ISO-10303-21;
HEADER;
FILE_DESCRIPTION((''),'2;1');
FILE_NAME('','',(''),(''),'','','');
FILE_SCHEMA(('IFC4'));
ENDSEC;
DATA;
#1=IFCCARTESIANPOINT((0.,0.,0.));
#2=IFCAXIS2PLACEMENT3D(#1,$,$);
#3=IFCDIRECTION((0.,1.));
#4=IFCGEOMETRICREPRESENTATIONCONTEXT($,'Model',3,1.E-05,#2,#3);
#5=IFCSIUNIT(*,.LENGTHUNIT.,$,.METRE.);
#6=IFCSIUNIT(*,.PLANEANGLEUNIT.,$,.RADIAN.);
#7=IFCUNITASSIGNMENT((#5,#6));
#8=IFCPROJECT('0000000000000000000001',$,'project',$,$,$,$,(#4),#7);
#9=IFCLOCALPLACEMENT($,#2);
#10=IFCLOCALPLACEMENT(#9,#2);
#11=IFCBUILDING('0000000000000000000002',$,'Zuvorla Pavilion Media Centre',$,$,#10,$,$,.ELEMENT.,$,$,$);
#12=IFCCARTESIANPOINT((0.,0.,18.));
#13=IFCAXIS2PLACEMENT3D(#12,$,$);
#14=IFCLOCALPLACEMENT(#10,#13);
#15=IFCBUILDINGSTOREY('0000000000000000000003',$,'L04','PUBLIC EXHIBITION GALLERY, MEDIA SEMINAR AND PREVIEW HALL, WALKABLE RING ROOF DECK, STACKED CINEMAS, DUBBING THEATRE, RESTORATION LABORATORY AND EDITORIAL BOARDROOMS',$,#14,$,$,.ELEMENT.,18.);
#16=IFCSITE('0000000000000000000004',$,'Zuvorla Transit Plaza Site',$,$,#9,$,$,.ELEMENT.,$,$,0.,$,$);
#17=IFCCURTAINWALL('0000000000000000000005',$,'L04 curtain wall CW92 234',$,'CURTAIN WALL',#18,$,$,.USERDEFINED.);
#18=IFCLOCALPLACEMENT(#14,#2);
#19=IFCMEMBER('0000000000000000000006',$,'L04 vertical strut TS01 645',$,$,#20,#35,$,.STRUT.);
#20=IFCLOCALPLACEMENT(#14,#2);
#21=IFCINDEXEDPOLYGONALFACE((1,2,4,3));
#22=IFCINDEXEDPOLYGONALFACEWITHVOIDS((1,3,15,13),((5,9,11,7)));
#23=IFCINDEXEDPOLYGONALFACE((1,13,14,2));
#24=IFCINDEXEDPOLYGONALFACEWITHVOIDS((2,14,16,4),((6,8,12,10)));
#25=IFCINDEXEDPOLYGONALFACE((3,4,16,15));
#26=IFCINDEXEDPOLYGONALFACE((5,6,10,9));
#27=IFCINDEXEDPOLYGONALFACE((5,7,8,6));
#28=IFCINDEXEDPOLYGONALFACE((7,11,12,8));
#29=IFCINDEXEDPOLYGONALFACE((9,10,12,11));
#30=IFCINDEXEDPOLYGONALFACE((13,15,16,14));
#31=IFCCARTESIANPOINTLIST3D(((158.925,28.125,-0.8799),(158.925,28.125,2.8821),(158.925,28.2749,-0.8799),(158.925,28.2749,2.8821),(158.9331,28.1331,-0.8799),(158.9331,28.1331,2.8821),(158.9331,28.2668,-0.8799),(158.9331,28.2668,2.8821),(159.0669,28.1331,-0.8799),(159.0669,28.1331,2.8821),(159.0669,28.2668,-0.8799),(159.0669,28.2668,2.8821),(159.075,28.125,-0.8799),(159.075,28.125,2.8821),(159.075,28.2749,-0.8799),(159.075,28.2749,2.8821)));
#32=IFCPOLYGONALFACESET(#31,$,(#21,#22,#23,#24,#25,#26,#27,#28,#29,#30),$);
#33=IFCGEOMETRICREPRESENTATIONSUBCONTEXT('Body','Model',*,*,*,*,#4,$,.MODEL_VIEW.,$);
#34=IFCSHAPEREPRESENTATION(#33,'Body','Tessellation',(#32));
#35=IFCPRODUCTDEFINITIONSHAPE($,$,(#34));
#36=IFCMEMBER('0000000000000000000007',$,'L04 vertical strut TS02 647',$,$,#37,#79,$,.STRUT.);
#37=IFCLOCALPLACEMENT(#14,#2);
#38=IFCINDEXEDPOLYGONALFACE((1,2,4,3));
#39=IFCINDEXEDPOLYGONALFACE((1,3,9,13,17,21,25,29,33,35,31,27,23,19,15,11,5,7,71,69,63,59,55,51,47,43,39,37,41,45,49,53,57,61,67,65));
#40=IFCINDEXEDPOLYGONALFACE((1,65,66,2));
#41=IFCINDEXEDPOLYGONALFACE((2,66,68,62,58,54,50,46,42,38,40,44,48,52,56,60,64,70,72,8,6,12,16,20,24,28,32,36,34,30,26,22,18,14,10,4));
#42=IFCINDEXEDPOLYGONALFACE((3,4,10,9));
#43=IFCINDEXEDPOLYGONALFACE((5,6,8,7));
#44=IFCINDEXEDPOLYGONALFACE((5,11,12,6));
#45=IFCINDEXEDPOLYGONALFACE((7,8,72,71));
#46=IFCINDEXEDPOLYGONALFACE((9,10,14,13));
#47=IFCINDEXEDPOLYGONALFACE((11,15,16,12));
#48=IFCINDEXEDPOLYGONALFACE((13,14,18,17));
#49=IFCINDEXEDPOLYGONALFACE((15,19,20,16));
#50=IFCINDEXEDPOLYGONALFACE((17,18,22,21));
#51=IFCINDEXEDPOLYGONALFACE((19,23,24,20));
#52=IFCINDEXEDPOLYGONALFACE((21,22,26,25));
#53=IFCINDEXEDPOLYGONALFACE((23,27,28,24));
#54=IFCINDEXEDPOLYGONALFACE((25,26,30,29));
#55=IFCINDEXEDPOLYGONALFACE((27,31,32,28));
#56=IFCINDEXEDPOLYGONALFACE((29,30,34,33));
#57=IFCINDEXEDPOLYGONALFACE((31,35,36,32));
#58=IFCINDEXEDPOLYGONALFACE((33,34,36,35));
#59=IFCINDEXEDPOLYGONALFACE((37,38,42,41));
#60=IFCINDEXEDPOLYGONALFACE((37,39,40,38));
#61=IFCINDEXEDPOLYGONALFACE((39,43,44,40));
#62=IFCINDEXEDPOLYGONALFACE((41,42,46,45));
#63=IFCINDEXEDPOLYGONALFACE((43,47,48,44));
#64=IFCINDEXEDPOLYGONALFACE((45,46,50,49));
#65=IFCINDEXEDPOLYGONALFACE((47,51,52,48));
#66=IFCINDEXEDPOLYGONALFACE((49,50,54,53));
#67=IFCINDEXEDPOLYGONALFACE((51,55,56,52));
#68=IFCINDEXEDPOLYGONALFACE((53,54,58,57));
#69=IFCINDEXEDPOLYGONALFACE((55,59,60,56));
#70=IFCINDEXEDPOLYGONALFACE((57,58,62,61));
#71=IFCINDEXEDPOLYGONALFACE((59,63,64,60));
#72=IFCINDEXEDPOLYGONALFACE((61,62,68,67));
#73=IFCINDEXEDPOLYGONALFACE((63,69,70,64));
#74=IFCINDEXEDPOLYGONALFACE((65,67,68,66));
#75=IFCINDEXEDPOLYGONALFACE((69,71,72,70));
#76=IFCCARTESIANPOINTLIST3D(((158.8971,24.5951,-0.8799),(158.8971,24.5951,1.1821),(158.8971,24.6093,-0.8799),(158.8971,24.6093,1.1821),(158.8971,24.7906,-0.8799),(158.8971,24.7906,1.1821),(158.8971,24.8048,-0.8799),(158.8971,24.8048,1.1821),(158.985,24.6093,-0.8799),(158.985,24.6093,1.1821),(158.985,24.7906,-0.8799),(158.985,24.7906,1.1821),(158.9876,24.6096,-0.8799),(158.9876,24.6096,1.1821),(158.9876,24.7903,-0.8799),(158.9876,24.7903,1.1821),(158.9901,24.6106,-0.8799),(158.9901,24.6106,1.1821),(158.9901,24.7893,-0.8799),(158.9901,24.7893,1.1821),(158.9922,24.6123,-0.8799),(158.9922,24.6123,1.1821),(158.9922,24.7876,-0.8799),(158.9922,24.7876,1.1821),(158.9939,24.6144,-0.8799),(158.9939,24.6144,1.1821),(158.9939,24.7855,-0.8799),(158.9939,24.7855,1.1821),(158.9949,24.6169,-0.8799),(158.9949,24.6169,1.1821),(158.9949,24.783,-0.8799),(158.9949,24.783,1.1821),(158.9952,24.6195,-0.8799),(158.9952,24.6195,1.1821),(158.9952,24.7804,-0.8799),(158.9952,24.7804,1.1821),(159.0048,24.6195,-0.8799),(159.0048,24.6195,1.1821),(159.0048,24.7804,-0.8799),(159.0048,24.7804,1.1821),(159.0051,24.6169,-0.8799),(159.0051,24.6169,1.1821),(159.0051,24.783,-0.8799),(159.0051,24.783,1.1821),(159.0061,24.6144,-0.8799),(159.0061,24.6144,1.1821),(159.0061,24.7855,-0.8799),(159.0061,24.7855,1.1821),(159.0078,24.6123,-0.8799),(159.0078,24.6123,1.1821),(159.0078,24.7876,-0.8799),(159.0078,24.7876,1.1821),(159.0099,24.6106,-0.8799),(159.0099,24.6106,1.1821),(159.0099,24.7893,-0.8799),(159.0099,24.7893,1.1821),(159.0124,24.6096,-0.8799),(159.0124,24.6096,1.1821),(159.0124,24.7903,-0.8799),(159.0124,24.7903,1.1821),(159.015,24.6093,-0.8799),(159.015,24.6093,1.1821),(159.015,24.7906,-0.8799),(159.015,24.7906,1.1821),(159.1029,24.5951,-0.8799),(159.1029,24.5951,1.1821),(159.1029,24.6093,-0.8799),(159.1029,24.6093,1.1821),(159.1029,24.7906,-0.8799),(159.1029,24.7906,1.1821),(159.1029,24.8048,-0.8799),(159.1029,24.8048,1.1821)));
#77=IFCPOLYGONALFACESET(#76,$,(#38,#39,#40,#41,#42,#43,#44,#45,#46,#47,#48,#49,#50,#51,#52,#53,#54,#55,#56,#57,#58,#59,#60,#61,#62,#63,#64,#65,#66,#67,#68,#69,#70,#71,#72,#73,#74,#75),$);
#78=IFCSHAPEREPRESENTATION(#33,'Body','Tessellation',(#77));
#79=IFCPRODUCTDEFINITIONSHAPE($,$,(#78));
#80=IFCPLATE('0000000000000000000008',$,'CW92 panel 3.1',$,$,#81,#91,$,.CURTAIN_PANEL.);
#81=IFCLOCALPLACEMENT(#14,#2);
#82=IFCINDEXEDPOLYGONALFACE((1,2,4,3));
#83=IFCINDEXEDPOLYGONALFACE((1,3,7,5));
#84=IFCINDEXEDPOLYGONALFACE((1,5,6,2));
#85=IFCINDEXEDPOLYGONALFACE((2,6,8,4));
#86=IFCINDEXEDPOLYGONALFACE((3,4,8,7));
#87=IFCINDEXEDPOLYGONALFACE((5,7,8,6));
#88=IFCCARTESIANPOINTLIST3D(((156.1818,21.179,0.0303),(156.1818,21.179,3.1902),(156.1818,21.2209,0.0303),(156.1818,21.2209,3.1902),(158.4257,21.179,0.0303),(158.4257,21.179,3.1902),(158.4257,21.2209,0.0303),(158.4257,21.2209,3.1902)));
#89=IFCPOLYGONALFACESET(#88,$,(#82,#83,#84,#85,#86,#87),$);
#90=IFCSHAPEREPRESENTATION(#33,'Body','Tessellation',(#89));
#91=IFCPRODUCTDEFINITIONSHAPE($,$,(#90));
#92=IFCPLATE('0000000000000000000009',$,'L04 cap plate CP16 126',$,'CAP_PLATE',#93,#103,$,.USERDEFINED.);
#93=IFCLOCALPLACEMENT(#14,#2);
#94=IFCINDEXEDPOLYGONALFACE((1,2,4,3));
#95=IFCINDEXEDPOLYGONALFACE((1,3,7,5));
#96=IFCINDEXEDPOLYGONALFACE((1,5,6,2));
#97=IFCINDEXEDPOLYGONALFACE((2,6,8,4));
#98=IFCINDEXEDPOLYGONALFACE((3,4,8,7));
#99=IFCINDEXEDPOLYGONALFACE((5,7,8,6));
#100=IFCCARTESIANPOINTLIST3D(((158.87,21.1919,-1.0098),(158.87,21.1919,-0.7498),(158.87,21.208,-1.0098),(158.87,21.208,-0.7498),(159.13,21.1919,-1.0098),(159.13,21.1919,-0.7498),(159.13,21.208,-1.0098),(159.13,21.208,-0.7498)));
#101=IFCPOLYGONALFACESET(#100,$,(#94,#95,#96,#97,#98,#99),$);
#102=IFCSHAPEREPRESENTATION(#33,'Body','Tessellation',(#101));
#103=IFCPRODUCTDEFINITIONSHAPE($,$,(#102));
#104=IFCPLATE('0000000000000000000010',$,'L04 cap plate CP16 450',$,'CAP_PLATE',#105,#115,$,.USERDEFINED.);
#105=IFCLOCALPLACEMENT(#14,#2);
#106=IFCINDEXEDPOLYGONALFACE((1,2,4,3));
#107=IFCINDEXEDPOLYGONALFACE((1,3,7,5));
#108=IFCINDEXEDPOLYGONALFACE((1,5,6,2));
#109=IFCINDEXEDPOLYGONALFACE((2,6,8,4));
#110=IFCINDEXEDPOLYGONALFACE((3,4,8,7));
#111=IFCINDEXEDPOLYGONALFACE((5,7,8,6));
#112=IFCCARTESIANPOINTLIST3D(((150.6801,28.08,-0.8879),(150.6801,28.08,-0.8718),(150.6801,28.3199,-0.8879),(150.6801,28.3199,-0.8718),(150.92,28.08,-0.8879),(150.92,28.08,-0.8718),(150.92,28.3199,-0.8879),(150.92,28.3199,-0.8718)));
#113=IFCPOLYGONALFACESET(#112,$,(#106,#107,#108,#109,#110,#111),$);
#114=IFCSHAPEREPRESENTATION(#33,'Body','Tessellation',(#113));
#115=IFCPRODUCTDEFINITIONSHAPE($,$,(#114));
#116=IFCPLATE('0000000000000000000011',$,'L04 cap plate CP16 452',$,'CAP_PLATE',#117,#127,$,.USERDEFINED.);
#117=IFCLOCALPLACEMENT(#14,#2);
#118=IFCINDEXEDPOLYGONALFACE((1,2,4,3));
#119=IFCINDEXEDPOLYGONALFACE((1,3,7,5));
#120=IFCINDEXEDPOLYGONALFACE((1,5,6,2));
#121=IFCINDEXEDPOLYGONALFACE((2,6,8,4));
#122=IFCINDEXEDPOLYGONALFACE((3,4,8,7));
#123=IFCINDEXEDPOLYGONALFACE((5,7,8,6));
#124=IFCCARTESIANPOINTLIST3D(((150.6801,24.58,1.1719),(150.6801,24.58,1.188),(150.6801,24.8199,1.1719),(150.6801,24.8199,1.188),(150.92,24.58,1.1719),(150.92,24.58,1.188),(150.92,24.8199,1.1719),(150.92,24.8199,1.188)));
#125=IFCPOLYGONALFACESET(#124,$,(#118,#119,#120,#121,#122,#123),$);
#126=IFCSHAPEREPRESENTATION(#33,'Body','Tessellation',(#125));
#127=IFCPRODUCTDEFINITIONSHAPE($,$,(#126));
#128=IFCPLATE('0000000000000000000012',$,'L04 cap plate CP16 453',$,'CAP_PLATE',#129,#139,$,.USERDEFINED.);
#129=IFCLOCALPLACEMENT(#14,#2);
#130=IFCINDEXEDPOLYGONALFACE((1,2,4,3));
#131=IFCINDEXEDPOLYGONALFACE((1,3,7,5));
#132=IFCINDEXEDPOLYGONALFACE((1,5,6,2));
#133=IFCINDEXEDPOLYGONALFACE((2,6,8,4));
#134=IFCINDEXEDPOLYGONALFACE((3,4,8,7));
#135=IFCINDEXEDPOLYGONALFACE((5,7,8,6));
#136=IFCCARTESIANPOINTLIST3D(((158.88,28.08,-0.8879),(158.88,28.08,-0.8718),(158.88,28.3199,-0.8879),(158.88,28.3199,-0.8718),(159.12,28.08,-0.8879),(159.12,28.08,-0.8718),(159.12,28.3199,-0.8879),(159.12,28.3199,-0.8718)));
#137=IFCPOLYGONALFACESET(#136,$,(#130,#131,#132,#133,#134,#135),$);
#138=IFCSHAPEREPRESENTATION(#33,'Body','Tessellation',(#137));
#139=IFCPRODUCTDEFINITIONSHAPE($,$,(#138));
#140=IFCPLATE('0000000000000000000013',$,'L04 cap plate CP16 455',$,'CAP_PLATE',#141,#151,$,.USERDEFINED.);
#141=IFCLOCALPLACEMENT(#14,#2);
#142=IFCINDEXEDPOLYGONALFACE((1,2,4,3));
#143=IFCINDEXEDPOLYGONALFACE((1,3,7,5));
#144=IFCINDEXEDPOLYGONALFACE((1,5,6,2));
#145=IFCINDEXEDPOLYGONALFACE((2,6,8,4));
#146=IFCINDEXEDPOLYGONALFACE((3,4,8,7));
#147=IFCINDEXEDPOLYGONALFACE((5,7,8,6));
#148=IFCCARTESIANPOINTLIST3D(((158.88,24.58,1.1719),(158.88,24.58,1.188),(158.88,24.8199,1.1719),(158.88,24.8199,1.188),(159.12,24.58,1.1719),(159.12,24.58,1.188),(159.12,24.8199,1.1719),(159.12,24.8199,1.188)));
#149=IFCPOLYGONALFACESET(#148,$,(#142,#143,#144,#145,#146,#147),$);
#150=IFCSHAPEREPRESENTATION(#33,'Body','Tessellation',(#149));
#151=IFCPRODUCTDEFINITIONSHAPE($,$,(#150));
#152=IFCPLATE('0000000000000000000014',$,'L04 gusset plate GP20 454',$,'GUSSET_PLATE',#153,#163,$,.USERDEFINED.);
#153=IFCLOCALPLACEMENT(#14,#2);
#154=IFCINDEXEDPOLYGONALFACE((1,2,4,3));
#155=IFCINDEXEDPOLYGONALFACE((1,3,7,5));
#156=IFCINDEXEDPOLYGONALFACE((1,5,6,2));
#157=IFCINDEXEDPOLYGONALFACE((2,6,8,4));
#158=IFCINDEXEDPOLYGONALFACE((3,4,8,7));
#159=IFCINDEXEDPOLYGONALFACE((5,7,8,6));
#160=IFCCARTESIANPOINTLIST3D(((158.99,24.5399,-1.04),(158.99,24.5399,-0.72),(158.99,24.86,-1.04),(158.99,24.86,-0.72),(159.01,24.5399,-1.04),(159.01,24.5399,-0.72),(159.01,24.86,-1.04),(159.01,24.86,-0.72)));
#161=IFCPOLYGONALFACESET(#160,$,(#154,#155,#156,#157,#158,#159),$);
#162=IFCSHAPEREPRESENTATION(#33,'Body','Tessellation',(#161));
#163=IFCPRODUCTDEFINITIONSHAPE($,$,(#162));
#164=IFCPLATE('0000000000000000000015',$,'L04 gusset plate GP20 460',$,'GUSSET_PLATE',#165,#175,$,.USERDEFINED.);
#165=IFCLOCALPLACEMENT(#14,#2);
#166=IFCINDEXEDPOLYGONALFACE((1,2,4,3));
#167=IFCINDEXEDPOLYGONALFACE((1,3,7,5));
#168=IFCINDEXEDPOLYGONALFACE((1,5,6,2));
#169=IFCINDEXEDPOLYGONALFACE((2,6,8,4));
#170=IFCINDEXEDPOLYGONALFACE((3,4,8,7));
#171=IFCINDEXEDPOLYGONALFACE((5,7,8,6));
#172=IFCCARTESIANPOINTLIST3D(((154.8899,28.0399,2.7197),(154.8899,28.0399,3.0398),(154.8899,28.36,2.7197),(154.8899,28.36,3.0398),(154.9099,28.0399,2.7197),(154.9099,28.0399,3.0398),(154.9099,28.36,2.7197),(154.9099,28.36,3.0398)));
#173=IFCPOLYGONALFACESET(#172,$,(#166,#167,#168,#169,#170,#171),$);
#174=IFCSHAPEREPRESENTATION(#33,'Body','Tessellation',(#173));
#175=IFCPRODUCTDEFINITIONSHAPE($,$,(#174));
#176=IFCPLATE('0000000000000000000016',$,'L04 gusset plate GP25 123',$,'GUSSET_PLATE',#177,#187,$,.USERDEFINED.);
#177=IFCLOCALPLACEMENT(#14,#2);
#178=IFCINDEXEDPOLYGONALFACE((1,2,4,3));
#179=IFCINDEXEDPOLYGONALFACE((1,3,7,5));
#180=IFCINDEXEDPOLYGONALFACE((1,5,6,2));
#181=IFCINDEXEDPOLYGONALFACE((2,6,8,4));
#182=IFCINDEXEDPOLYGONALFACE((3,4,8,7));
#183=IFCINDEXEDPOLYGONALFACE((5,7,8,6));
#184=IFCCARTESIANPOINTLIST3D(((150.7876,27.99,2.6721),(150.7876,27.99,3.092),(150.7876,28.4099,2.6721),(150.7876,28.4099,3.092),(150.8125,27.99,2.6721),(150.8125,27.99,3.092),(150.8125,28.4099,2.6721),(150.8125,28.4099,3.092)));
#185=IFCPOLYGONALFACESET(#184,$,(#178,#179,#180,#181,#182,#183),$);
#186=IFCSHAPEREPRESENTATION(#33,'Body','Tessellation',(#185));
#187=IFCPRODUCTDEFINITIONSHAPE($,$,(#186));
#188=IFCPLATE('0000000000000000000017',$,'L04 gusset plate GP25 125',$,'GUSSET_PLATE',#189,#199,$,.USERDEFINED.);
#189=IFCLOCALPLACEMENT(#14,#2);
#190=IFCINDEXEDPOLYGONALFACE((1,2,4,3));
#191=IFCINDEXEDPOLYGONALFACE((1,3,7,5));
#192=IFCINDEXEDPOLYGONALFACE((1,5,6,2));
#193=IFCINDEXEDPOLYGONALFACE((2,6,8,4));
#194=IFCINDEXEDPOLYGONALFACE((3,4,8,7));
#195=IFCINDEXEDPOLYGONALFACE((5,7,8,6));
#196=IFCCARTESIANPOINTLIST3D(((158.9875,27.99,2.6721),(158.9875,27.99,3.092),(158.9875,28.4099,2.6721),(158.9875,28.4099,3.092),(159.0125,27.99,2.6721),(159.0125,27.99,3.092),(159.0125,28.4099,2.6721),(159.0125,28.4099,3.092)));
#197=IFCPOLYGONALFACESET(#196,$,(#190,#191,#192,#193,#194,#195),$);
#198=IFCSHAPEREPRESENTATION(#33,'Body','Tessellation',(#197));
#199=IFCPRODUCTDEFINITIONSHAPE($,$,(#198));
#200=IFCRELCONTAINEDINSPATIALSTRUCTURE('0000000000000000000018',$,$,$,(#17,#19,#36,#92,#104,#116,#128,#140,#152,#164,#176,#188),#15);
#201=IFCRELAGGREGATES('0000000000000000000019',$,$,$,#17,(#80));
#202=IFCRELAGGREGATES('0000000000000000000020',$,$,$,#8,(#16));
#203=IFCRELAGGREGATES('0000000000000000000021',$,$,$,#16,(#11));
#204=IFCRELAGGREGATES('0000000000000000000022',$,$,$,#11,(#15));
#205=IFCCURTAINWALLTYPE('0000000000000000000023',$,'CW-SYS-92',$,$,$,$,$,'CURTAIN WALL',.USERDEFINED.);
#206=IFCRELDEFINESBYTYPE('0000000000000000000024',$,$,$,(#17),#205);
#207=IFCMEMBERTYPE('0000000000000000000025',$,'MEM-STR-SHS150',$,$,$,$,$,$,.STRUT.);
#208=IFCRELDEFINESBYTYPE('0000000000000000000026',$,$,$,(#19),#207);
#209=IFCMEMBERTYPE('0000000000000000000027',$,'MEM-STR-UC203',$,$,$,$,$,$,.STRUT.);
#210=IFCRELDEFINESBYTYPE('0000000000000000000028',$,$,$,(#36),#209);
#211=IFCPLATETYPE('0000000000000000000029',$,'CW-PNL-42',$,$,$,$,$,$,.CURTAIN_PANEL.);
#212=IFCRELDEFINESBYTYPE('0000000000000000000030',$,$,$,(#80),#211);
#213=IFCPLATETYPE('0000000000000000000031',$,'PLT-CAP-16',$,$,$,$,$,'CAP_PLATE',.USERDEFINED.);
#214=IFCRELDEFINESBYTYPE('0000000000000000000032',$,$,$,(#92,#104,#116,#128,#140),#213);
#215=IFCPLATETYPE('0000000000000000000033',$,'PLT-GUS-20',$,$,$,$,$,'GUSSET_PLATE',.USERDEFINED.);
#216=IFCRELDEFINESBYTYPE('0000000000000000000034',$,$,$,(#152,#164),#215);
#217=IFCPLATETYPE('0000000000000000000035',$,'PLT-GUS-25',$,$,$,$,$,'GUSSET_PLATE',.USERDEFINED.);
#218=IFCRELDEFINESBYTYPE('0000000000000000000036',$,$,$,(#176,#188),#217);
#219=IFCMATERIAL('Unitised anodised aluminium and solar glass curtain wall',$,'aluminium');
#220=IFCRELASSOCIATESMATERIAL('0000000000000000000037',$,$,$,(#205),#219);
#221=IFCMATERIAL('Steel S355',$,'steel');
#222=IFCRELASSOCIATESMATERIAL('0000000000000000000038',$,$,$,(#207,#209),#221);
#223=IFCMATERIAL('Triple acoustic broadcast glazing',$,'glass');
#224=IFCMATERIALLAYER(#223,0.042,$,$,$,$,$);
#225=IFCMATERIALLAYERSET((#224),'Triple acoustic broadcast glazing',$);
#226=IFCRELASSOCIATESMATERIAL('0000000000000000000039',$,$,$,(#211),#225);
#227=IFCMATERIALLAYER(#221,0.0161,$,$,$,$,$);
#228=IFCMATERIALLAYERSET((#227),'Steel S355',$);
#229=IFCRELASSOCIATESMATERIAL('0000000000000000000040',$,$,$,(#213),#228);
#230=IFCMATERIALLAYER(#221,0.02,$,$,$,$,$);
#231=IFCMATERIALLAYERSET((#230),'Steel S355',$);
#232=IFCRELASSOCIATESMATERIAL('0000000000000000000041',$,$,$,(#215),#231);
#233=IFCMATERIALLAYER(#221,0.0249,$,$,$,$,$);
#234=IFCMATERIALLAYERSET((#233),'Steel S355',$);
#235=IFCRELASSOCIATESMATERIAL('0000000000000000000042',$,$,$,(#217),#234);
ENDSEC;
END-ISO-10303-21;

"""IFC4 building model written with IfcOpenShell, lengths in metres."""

from ifc_helpers import new_model, si_unit, direction, frame, origin, origin_2d, place, context, subcontext, project, spatial, rectangle, hollow_rectangle, i_section, extrude, material, layer, layer_set, material_profile, profile_set, type_object, element, aggregate, save


model = new_model("IFC4")

# Units and contexts
model_context = context("Model", 3, precision=1e-05, world=origin(), true_north=direction((0.0, 1.0)))
body_context = subcontext(model_context, "Body", "Model", "MODEL_VIEW")
ifc_project = project(units=[si_unit("LENGTHUNIT", "METRE"), si_unit("PLANEANGLEUNIT", "RADIAN")], contexts=[model_context])

# Site, building, storey
site_placement = place(None, origin())
site = spatial("IfcSite", under=ifc_project, at=site_placement, Name="Zuvorla Transit Plaza Site", CompositionType="ELEMENT", RefElevation=0.0)
building_placement = place(site_placement, origin())
building = spatial("IfcBuilding", under=site, at=building_placement, Name="Zuvorla Pavilion Media Centre", CompositionType="ELEMENT")
storey_placement = place(building_placement, frame((0.0, 0.0, 18.0)))
storey = spatial("IfcBuildingStorey", under=building, at=storey_placement, Name="L04", Description="PUBLIC EXHIBITION GALLERY, MEDIA SEMINAR AND PREVIEW HALL, WALKABLE RING ROOF DECK, STACKED CINEMAS, DUBBING THEATRE, RESTORATION LABORATORY AND EDITORIAL BOARDROOMS", CompositionType="ELEMENT", Elevation=18.0)

# Curtain wall
ifc_material_1 = material(Name="Unitised anodised aluminium and solar glass curtain wall", Category="aluminium")
curtain_wall_type = type_object("IfcCurtainWallType", Name="CW-SYS-92", ElementType="CURTAIN WALL", PredefinedType="USERDEFINED", material=ifc_material_1)
curtain_wall_placement = place(storey_placement, origin())
curtain_wall = element("IfcCurtainWall", 1, at=curtain_wall_placement, inside=storey, type_object=curtain_wall_type, Name="L04 curtain wall CW92 234", ObjectType="CURTAIN WALL", PredefinedType="USERDEFINED")

# Members
ifc_material_2 = material(Name="Steel S355", Category="steel")
ifc_material_profile_1 = material_profile(ifc_material_2, hollow_rectangle(XDim=0.1499, YDim=0.1499, WallThickness=0.0081, at=origin_2d()), Name="SHS 150x150x8")
ifc_profile_set_1 = profile_set([ifc_material_profile_1], Name="Steel S355")
member_type_1 = type_object("IfcMemberType", Name="MEM-STR-SHS150", PredefinedType="STRUT", material=ifc_profile_set_1)
for number, where, z_axis, x_axis, name in (
    (2, (159.0, 28.2, -0.8799), (0.0, 0.0, 1.0), (1.0, 0.0, 0.0), "L04 vertical strut TS01 645"),
):
    element("IfcMember", number, at=place(storey_placement, frame(where, z_axis=z_axis, x_axis=x_axis)), inside=storey, type_object=member_type_1, Name=name, PredefinedType="STRUT", context=body_context, shape_type="SweptSolid", body=[
        extrude(hollow_rectangle(XDim=0.1499, YDim=0.1499, WallThickness=0.0081, at=origin_2d()), origin(), (0.0, 0.0, 1.0), 3.762),
    ])
ifc_material_profile_2 = material_profile(ifc_material_2, i_section(OverallWidth=0.2058, OverallDepth=0.2097, WebThickness=0.0095, FlangeThickness=0.0142, FilletRadius=0.0103, at=origin_2d()), Name="UC 203x203x60")
ifc_profile_set_2 = profile_set([ifc_material_profile_2], Name="Steel S355")
member_type_2 = type_object("IfcMemberType", Name="MEM-STR-UC203", PredefinedType="STRUT", material=ifc_profile_set_2)
member_1_placement = place(storey_placement, frame((159.0, 24.7, -0.8799), z_axis=(0.0, 0.0, 1.0), x_axis=(1.0, 0.0, 0.0)))
element("IfcMember", 3, at=member_1_placement, inside=storey, type_object=member_type_2, Name="L04 vertical strut TS02 647", PredefinedType="STRUT", context=body_context, shape_type="SweptSolid", body=[
    extrude(i_section(OverallWidth=0.2058, OverallDepth=0.2097, WebThickness=0.0095, FlangeThickness=0.0142, FilletRadius=0.0103, at=origin_2d()), origin(), (0.0, 0.0, 1.0), 2.062),
])

# Plate
ifc_material_3 = material(Name="Triple acoustic broadcast glazing", Category="glass")
ifc_layer_1 = layer(ifc_material_3, 0.042)
ifc_layer_set_1 = layer_set([ifc_layer_1], Name="Triple acoustic broadcast glazing")
plate_type_1 = type_object("IfcPlateType", Name="CW-PNL-42", PredefinedType="CURTAIN_PANEL", material=ifc_layer_set_1)
plate_1_placement = place(storey_placement, frame((157.3037, 21.2, 0.0303), z_axis=(0.0, 0.0, 1.0), x_axis=(1.0, 0.0, 0.0)))
plate_1 = element("IfcPlate", 4, at=plate_1_placement, type_object=plate_type_1, Name="CW92 panel 3.1", PredefinedType="CURTAIN_PANEL", context=body_context, shape_type="SweptSolid", body=[
    extrude(rectangle(XDim=2.2439, YDim=0.042, at=origin_2d()), origin(), (0.0, 0.0, 1.0), 3.1599),
])
aggregate(curtain_wall, [plate_1])

# Plates
ifc_layer_2 = layer(ifc_material_2, 0.0161)
ifc_layer_set_2 = layer_set([ifc_layer_2], Name="Steel S355")
plate_type_2 = type_object("IfcPlateType", Name="PLT-CAP-16", ElementType="CAP_PLATE", PredefinedType="USERDEFINED", material=ifc_layer_set_2)
plate_2_placement = place(storey_placement, frame((159.0, 21.2, -1.0098), z_axis=(0.0, 0.0, 1.0), x_axis=(1.0, 0.0, 0.0)))
element("IfcPlate", 5, at=plate_2_placement, inside=storey, type_object=plate_type_2, Name="L04 cap plate CP16 126", ObjectType="CAP_PLATE", PredefinedType="USERDEFINED", context=body_context, shape_type="SweptSolid", body=[
    extrude(rectangle(XDim=0.26, YDim=0.0161, at=origin_2d()), origin(), (0.0, 0.0, 1.0), 0.26),
])
for number, where, z_axis, x_axis, name in (
    (6, (150.8, 28.2, -0.8879), (0.0, 0.0, 1.0), (1.0, 0.0, 0.0), "L04 cap plate CP16 450"),
    (7, (150.8, 24.7, 1.1719), (0.0, 0.0, 1.0), (1.0, 0.0, 0.0), "L04 cap plate CP16 452"),
    (8, (159.0, 28.2, -0.8879), (0.0, 0.0, 1.0), (1.0, 0.0, 0.0), "L04 cap plate CP16 453"),
    (9, (159.0, 24.7, 1.1719), (0.0, 0.0, 1.0), (1.0, 0.0, 0.0), "L04 cap plate CP16 455"),
):
    element("IfcPlate", number, at=place(storey_placement, frame(where, z_axis=z_axis, x_axis=x_axis)), inside=storey, type_object=plate_type_2, Name=name, ObjectType="CAP_PLATE", PredefinedType="USERDEFINED", context=body_context, shape_type="SweptSolid", body=[
        extrude(rectangle(XDim=0.24, YDim=0.24, at=origin_2d()), origin(), (0.0, 0.0, 1.0), 0.0161),
    ])
ifc_layer_3 = layer(ifc_material_2, 0.02)
ifc_layer_set_3 = layer_set([ifc_layer_3], Name="Steel S355")
plate_type_3 = type_object("IfcPlateType", Name="PLT-GUS-20", ElementType="GUSSET_PLATE", PredefinedType="USERDEFINED", material=ifc_layer_set_3)
for number, where, z_axis, x_axis, name in (
    (10, (159.0, 24.7, -1.04), (0.0, 0.0, 1.0), (1.0, 0.0, 0.0), "L04 gusset plate GP20 454"),
    (11, (154.8999, 28.2, 2.7197), (0.0, 0.0, 1.0), (1.0, 0.0, 0.0), "L04 gusset plate GP20 460"),
):
    element("IfcPlate", number, at=place(storey_placement, frame(where, z_axis=z_axis, x_axis=x_axis)), inside=storey, type_object=plate_type_3, Name=name, ObjectType="GUSSET_PLATE", PredefinedType="USERDEFINED", context=body_context, shape_type="SweptSolid", body=[
        extrude(rectangle(XDim=0.02, YDim=0.3201, at=origin_2d()), origin(), (0.0, 0.0, 1.0), 0.3201),
    ])
ifc_layer_4 = layer(ifc_material_2, 0.0249)
ifc_layer_set_4 = layer_set([ifc_layer_4], Name="Steel S355")
plate_type_4 = type_object("IfcPlateType", Name="PLT-GUS-25", ElementType="GUSSET_PLATE", PredefinedType="USERDEFINED", material=ifc_layer_set_4)
for number, where, z_axis, x_axis, name in (
    (12, (150.8, 28.2, 2.6721), (0.0, 0.0, 1.0), (1.0, 0.0, 0.0), "L04 gusset plate GP25 123"),
    (13, (159.0, 28.2, 2.6721), (0.0, 0.0, 1.0), (1.0, 0.0, 0.0), "L04 gusset plate GP25 125"),
):
    element("IfcPlate", number, at=place(storey_placement, frame(where, z_axis=z_axis, x_axis=x_axis)), inside=storey, type_object=plate_type_4, Name=name, ObjectType="GUSSET_PLATE", PredefinedType="USERDEFINED", context=body_context, shape_type="SweptSolid", body=[
        extrude(rectangle(XDim=0.0249, YDim=0.4199, at=origin_2d()), origin(), (0.0, 0.0, 1.0), 0.4199),
    ])

save(model, "model.ifc")
